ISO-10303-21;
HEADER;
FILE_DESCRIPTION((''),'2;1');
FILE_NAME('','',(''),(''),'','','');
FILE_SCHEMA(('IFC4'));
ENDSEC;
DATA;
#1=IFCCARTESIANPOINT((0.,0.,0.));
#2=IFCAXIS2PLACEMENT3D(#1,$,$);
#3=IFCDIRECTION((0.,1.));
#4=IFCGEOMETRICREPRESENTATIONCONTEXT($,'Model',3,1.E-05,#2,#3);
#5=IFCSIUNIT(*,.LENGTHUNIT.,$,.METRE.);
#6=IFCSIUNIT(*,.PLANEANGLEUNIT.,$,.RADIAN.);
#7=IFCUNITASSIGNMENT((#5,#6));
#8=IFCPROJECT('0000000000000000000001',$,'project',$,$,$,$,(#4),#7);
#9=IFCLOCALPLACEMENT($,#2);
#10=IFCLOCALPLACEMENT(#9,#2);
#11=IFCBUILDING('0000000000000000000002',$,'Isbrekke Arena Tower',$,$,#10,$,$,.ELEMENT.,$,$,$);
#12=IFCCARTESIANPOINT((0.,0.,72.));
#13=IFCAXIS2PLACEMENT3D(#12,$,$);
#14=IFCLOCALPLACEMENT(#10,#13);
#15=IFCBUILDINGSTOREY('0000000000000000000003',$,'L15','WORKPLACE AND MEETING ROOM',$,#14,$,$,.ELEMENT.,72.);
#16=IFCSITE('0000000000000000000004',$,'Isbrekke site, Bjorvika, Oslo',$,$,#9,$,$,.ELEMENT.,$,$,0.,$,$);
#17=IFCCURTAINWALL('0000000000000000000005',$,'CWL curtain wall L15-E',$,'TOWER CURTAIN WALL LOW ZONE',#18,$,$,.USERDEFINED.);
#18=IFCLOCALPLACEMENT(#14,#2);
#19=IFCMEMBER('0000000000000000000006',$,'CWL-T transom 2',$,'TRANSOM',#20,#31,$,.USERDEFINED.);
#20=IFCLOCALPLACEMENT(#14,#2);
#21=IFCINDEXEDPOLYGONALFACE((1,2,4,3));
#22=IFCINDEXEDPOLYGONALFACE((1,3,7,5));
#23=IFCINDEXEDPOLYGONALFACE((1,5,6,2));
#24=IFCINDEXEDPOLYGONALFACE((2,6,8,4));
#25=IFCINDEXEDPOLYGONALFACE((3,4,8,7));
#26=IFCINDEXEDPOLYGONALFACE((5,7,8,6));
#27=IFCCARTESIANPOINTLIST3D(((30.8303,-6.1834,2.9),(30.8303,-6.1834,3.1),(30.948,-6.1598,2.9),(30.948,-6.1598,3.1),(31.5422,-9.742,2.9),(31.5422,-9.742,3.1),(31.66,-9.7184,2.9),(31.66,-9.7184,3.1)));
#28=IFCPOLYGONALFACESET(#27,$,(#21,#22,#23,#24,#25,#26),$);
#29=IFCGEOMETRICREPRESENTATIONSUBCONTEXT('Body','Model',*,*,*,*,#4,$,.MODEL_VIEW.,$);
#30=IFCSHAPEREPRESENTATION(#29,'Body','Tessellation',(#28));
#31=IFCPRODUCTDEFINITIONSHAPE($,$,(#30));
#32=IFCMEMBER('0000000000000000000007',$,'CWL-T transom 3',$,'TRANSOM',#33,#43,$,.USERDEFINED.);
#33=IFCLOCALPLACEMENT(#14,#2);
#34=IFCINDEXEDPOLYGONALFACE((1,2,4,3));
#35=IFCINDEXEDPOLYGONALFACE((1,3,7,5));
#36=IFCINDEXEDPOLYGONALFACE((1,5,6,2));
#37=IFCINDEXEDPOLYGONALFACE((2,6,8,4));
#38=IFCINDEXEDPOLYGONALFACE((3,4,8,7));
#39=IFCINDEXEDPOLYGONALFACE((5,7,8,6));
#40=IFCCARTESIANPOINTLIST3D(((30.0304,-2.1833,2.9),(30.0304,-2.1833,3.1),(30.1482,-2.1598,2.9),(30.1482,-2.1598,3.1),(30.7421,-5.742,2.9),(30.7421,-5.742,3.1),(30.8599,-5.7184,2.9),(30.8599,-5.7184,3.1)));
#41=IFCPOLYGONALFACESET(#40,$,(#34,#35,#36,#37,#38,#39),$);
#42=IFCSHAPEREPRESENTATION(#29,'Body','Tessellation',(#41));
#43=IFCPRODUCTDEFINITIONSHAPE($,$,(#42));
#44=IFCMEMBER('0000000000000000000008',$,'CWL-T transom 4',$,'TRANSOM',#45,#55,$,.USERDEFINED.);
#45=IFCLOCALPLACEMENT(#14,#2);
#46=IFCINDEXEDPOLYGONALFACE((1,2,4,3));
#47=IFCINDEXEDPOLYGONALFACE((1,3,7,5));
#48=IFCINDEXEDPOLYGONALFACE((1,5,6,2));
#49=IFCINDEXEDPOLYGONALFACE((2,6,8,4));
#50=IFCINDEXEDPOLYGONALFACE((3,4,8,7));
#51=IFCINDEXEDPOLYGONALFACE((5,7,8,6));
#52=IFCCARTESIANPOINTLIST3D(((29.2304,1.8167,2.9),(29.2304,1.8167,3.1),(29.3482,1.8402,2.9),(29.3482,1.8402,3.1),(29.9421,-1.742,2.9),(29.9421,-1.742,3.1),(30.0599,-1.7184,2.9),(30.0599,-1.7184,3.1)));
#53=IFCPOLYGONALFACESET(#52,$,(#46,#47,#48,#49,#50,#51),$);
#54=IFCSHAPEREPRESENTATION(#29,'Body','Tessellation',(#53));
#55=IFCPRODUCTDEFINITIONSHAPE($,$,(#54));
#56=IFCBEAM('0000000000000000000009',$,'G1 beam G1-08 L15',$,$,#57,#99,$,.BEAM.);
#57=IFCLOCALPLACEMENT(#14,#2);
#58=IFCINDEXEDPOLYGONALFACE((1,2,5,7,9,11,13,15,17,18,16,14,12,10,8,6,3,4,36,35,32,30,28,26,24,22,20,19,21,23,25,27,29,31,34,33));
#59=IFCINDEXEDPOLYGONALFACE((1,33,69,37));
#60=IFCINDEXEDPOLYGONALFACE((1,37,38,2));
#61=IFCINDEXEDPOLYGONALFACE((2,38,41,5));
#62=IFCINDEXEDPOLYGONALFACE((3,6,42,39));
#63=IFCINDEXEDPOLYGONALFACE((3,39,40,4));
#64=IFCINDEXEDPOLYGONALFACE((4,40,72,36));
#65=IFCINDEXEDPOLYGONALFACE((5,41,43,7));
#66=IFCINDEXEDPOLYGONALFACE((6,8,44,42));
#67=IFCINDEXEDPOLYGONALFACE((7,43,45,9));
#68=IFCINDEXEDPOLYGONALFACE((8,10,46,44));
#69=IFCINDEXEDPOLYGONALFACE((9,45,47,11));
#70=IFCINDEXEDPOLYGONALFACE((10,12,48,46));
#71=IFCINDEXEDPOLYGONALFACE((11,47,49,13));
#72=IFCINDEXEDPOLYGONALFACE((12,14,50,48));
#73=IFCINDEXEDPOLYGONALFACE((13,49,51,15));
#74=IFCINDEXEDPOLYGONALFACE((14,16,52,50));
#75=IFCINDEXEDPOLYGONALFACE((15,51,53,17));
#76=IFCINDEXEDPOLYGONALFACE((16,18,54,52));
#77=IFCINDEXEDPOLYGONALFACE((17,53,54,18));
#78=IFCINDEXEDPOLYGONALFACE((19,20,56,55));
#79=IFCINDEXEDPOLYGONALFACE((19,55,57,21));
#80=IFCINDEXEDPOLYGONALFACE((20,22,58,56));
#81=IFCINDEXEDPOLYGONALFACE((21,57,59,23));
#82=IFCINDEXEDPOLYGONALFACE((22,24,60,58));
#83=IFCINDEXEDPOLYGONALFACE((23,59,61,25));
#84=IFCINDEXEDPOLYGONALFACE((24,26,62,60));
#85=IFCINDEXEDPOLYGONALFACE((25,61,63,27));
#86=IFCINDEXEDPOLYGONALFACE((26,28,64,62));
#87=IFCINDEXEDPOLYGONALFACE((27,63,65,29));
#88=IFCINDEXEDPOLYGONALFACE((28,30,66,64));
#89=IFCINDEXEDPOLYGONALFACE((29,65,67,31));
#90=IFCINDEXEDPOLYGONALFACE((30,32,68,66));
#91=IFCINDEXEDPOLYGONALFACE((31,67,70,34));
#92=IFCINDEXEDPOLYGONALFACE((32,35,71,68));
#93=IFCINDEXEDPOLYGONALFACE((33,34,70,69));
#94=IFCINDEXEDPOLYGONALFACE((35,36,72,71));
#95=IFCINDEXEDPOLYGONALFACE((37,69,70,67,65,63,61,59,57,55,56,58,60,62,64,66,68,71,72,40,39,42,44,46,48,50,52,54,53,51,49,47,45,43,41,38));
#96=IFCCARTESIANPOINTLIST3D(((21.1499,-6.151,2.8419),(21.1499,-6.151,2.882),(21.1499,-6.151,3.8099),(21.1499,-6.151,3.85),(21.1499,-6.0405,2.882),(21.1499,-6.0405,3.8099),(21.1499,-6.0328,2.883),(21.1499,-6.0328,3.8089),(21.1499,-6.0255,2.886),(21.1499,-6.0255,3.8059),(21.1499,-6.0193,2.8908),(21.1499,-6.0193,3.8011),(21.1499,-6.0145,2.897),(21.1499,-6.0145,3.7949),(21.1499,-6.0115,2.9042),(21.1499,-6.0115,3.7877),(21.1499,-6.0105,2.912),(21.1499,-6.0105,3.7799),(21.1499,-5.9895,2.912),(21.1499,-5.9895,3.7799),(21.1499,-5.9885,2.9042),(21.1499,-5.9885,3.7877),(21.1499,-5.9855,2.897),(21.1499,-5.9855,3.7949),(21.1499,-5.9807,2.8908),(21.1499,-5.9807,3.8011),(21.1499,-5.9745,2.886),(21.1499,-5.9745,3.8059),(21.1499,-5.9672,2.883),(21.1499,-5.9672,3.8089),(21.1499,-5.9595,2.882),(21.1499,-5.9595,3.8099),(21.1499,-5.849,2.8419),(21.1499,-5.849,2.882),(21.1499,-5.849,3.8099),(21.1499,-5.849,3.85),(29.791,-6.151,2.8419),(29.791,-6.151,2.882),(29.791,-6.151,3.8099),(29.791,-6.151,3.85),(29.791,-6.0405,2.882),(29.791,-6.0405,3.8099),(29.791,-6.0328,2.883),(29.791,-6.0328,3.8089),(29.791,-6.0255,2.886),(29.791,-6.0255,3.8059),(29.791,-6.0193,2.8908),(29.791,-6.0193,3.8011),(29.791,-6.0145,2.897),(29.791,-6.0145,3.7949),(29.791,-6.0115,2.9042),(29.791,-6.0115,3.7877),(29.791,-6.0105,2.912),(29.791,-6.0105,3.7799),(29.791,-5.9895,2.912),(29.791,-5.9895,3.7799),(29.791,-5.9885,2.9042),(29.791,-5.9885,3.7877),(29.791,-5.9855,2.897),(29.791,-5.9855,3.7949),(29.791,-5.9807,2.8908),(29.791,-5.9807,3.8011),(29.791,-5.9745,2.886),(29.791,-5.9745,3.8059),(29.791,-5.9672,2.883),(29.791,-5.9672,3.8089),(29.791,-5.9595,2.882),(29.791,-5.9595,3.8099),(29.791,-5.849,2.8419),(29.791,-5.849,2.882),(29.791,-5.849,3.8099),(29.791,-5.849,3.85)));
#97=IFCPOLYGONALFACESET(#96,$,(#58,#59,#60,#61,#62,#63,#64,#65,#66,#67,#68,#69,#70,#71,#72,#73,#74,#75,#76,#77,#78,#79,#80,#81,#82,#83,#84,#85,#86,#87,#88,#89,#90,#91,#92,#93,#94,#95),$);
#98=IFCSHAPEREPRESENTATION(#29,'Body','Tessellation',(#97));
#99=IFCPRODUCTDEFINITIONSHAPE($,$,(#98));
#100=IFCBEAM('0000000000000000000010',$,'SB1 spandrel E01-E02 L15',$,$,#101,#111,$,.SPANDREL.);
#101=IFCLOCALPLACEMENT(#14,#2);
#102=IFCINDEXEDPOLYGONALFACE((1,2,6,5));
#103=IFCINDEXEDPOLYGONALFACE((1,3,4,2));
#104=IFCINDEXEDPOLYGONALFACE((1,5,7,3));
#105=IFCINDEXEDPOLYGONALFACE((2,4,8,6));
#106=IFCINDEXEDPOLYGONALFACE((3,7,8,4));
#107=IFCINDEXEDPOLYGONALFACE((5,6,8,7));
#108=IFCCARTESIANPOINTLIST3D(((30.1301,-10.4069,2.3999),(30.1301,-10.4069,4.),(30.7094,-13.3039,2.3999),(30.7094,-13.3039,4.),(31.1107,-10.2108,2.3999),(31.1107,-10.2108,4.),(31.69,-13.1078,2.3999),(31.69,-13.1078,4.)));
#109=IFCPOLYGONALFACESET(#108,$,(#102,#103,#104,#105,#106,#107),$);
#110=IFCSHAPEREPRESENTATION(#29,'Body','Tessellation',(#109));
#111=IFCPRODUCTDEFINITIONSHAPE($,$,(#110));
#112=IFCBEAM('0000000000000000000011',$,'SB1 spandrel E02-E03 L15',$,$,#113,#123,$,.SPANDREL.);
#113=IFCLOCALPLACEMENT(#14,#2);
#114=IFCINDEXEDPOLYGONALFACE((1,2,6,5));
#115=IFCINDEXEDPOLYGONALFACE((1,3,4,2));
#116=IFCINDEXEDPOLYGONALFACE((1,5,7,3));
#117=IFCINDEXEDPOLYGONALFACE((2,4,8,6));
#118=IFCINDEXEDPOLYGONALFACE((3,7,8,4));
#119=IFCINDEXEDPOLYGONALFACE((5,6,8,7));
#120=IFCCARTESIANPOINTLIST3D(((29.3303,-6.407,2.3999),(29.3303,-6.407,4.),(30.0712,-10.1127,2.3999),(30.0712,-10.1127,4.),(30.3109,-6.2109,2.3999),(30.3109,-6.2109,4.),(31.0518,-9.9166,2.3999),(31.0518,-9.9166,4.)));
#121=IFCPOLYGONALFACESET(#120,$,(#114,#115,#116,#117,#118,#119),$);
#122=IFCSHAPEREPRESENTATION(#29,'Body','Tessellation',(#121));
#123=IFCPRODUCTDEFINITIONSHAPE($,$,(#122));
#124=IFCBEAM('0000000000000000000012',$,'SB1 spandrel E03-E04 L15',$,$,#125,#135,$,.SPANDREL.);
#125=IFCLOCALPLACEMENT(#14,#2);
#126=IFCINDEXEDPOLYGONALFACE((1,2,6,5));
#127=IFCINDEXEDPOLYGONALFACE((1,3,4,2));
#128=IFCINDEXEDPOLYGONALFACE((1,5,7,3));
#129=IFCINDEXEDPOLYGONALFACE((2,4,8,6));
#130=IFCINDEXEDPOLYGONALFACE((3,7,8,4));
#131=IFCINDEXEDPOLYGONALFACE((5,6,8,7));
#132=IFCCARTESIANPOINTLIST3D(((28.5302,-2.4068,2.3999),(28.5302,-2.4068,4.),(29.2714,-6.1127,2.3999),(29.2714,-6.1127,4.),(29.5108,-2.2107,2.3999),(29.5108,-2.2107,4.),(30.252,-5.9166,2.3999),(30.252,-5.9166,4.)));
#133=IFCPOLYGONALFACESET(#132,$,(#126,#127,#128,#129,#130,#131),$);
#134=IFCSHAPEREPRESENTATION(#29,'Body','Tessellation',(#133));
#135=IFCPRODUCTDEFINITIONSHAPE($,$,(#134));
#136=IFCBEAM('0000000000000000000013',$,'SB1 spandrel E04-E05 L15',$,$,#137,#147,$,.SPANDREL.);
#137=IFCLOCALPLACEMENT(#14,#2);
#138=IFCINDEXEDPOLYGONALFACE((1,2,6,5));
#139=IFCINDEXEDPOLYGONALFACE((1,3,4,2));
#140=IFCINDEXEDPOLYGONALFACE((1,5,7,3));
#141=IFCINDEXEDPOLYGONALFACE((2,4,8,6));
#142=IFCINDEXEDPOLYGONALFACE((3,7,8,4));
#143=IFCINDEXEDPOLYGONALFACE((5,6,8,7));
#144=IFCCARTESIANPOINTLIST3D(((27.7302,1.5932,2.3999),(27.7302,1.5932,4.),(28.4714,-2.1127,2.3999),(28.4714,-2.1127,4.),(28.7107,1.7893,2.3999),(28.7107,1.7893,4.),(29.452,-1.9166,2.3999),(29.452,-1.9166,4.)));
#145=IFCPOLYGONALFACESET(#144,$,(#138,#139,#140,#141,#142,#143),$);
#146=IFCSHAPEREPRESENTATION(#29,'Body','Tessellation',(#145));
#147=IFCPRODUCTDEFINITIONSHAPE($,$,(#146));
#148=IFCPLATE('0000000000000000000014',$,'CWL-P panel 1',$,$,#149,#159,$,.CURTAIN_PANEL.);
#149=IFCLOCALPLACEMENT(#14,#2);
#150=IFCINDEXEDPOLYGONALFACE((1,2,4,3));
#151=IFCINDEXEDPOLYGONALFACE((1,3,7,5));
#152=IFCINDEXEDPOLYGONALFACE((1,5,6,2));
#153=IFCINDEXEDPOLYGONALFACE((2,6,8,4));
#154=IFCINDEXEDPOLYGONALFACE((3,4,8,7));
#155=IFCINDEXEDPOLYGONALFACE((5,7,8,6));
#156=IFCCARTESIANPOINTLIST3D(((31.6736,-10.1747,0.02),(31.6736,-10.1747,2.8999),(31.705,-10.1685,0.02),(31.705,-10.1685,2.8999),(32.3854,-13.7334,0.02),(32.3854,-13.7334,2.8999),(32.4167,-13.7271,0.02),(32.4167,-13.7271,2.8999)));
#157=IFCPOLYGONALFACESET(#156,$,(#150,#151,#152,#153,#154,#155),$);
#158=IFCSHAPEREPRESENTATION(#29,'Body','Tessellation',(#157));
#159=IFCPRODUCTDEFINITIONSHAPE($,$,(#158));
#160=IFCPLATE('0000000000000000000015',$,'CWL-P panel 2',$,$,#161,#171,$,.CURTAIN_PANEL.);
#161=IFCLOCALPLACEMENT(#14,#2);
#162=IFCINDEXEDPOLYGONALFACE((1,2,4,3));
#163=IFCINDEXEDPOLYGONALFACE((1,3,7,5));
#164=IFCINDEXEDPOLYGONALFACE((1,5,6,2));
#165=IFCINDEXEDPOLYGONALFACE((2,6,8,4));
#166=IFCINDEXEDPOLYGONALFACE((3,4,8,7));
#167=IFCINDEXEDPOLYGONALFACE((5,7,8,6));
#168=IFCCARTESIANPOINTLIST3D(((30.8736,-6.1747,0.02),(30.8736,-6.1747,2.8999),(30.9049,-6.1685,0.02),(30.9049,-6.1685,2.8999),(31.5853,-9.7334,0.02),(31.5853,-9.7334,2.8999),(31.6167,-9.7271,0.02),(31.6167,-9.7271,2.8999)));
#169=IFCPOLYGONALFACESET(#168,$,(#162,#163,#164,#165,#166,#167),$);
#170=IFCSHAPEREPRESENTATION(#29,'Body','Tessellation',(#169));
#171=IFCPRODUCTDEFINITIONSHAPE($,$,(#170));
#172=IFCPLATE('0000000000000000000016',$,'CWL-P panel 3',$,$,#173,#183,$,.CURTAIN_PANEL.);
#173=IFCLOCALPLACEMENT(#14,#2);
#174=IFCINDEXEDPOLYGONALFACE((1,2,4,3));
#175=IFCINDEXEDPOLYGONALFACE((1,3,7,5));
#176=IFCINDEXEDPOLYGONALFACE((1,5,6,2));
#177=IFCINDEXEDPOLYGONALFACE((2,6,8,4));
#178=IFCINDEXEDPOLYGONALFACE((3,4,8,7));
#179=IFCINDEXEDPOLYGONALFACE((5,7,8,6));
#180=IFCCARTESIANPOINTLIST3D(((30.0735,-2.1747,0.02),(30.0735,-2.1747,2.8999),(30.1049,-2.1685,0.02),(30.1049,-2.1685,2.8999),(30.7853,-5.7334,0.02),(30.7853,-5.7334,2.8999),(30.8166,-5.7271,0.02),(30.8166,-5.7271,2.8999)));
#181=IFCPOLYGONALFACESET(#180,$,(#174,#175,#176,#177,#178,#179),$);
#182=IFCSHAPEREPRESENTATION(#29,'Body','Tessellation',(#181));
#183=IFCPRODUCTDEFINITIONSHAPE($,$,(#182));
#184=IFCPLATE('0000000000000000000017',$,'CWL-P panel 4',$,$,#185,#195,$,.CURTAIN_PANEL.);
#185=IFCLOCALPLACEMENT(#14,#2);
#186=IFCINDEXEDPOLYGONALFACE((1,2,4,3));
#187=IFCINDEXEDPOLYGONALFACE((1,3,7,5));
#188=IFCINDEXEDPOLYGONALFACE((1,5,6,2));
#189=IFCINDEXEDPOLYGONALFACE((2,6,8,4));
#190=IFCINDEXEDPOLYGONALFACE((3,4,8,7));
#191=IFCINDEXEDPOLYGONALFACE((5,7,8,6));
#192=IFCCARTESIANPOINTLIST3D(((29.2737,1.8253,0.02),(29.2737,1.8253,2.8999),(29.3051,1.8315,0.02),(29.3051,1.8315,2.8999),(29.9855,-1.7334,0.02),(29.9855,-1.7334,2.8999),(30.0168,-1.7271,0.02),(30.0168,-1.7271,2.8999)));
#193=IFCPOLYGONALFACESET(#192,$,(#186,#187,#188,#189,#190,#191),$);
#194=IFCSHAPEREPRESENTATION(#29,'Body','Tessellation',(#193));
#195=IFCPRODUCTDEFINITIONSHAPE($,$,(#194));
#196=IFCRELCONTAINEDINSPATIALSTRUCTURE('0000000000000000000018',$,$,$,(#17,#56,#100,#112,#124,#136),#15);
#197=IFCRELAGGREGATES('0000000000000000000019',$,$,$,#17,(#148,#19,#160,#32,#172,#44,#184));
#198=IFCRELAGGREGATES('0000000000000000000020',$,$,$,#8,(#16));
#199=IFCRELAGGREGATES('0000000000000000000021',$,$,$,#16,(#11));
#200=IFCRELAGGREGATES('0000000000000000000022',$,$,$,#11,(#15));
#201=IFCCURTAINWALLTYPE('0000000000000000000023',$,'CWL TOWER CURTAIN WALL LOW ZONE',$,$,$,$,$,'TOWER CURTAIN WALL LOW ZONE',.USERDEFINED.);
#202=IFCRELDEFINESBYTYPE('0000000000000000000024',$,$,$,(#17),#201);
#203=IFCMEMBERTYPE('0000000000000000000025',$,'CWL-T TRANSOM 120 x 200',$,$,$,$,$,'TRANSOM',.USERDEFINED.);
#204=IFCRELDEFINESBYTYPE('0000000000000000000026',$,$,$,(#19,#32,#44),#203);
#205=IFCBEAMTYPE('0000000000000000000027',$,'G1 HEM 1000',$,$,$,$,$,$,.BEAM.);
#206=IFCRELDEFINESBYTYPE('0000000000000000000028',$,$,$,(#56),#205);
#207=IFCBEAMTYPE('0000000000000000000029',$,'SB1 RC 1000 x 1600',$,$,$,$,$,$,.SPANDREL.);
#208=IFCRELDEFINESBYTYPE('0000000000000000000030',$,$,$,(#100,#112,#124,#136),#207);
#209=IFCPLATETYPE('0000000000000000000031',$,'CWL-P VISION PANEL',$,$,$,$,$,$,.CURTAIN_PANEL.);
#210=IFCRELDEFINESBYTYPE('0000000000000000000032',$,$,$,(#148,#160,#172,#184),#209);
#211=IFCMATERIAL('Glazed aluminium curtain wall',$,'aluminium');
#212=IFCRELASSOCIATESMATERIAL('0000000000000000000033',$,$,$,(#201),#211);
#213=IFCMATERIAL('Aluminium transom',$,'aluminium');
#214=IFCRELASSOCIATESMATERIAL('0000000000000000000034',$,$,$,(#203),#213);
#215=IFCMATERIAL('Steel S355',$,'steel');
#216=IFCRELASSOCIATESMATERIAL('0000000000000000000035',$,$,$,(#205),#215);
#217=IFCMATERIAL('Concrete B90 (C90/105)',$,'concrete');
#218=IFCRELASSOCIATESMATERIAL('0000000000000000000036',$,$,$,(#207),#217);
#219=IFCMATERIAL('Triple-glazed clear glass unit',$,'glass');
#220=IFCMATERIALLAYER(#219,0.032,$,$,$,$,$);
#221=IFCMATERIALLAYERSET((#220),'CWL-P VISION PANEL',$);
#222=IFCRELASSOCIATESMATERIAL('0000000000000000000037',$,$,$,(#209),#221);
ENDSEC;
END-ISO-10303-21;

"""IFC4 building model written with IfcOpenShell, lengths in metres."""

from ifc_helpers import new_model, si_unit, direction, frame, origin, origin_2d, place, context, subcontext, project, spatial, rectangle, i_section, extrude, material, layer, layer_set, material_profile, profile_set, type_object, element, aggregate, save


model = new_model("IFC4")

# Units and contexts
model_context = context("Model", 3, precision=1e-05, world=origin(), true_north=direction((0.0, 1.0)))
body_context = subcontext(model_context, "Body", "Model", "MODEL_VIEW")
ifc_project = project(units=[si_unit("LENGTHUNIT", "METRE"), si_unit("PLANEANGLEUNIT", "RADIAN")], contexts=[model_context])

# Site, building, storey
site_placement = place(None, origin())
site = spatial("IfcSite", under=ifc_project, at=site_placement, Name="Isbrekke site, Bjorvika, Oslo", CompositionType="ELEMENT", RefElevation=0.0)
building_placement = place(site_placement, origin())
building = spatial("IfcBuilding", under=site, at=building_placement, Name="Isbrekke Arena Tower", CompositionType="ELEMENT")
storey_placement = place(building_placement, frame((0.0, 0.0, 72.0)))
storey = spatial("IfcBuildingStorey", under=building, at=storey_placement, Name="L15", Description="WORKPLACE AND MEETING ROOM", CompositionType="ELEMENT", Elevation=72.0)

# Curtain wall, members
ifc_material_1 = material(Name="Glazed aluminium curtain wall", Category="aluminium")
curtain_wall_type = type_object("IfcCurtainWallType", Name="CWL TOWER CURTAIN WALL LOW ZONE", ElementType="TOWER CURTAIN WALL LOW ZONE", PredefinedType="USERDEFINED", material=ifc_material_1)
curtain_wall_placement = place(storey_placement, origin())
curtain_wall = element("IfcCurtainWall", 1, at=curtain_wall_placement, inside=storey, type_object=curtain_wall_type, Name="CWL curtain wall L15-E", ObjectType="TOWER CURTAIN WALL LOW ZONE", PredefinedType="USERDEFINED")
ifc_material_2 = material(Name="Aluminium transom", Category="aluminium")
ifc_material_profile_1 = material_profile(ifc_material_2, rectangle(XDim=0.1201, YDim=0.2, at=origin_2d()), Name="TRANSOM 120X200")
ifc_profile_set_1 = profile_set([ifc_material_profile_1], Name="Aluminium transom")
member_type_1 = type_object("IfcMemberType", Name="CWL-T TRANSOM 120 x 200", ElementType="TRANSOM", PredefinedType="USERDEFINED", material=ifc_profile_set_1)
member_1_placement = place(storey_placement, frame((31.6011, -9.7302, 3.0), z_axis=(-0.196168, 0.98057, 0.0), x_axis=(-0.98057, -0.196168, 0.0)))
member_1 = element("IfcMember", 2, at=member_1_placement, type_object=member_type_1, Name="CWL-T transom 2", ObjectType="TRANSOM", PredefinedType="USERDEFINED", context=body_context, shape_type="SweptSolid", body=[
    extrude(rectangle(XDim=0.1201, YDim=0.2, at=origin_2d()), origin(), (0.0, 0.0, 1.0), 3.6292),
])
member_2_placement = place(storey_placement, frame((30.801, -5.7302, 3.0), z_axis=(-0.196103, 0.980583, 0.0), x_axis=(-0.980583, -0.196103, 0.0)))
member_2 = element("IfcMember", 3, at=member_2_placement, type_object=member_type_1, Name="CWL-T transom 3", ObjectType="TRANSOM", PredefinedType="USERDEFINED", context=body_context, shape_type="SweptSolid", body=[
    extrude(rectangle(XDim=0.1201, YDim=0.2, at=origin_2d()), origin(), (0.0, 0.0, 1.0), 3.6292),
])
member_3_placement = place(storey_placement, frame((30.001, -1.7302, 3.0), z_axis=(-0.196103, 0.980583, 0.0), x_axis=(-0.980583, -0.196103, 0.0)))
member_3 = element("IfcMember", 4, at=member_3_placement, type_object=member_type_1, Name="CWL-T transom 4", ObjectType="TRANSOM", PredefinedType="USERDEFINED", context=body_context, shape_type="SweptSolid", body=[
    extrude(rectangle(XDim=0.1201, YDim=0.2, at=origin_2d()), origin(), (0.0, 0.0, 1.0), 3.6292),
])

# Beams
ifc_material_3 = material(Name="Steel S355", Category="steel")
ifc_material_profile_2 = material_profile(ifc_material_3, i_section(OverallWidth=0.302, OverallDepth=1.0081, WebThickness=0.021, FlangeThickness=0.04, FilletRadius=0.03, at=origin_2d()), Name="HEM 1000")
ifc_profile_set_2 = profile_set([ifc_material_profile_2], Name="Steel S355")
beam_type_1 = type_object("IfcBeamType", Name="G1 HEM 1000", PredefinedType="BEAM", material=ifc_profile_set_2)
beam_1_placement = place(storey_placement, frame((21.1499, -6.0, 3.3459), z_axis=(1.0, 0.0, 0.0), x_axis=(0.0, 1.0, 0.0)))
element("IfcBeam", 5, at=beam_1_placement, inside=storey, type_object=beam_type_1, Name="G1 beam G1-08 L15", PredefinedType="BEAM", context=body_context, shape_type="SweptSolid", body=[
    extrude(i_section(OverallWidth=0.302, OverallDepth=1.0081, WebThickness=0.021, FlangeThickness=0.04, FilletRadius=0.03, at=origin_2d()), origin(), (0.0, 0.0, 1.0), 8.6411),
])
ifc_material_4 = material(Name="Concrete B90 (C90/105)", Category="concrete")
ifc_material_profile_3 = material_profile(ifc_material_4, rectangle(XDim=1.0, YDim=1.6001, at=origin_2d()), Name="RC 1000x1600")
ifc_profile_set_3 = profile_set([ifc_material_profile_3], Name="Concrete B90 (C90/105)")
beam_type_2 = type_object("IfcBeamType", Name="SB1 RC 1000 x 1600", PredefinedType="SPANDREL", material=ifc_profile_set_3)
beam_2_placement = place(storey_placement, frame((31.1997, -13.2058, 3.2), z_axis=(-0.1961, 0.980584, 0.0), x_axis=(-0.980584, -0.1961, 0.0)))
element("IfcBeam", 6, at=beam_2_placement, inside=storey, type_object=beam_type_2, Name="SB1 spandrel E01-E02 L15", PredefinedType="SPANDREL", context=body_context, shape_type="SweptSolid", body=[
    extrude(rectangle(XDim=1.0, YDim=1.6001, at=origin_2d()), origin(), (0.0, 0.0, 1.0), 2.9543),
])
beam_3_placement = place(storey_placement, frame((30.5615, -10.0146, 3.2), z_axis=(-0.196066, 0.980591, 0.0), x_axis=(-0.980591, -0.196066, 0.0)))
element("IfcBeam", 7, at=beam_3_placement, inside=storey, type_object=beam_type_2, Name="SB1 spandrel E02-E03 L15", PredefinedType="SPANDREL", context=body_context, shape_type="SweptSolid", body=[
    extrude(rectangle(XDim=1.0, YDim=1.6001, at=origin_2d()), origin(), (0.0, 0.0, 1.0), 3.7791),
])
for number, where, z_axis, x_axis, name in (
    (8, (29.7617, -6.0146, 3.2), (-0.196129, 0.980578, 0.0), (-0.980578, -0.196129, 0.0), "SB1 spandrel E03-E04 L15"),
    (9, (28.9617, -2.0146, 3.2), (-0.196129, 0.980578, 0.0), (-0.980578, -0.196129, 0.0), "SB1 spandrel E04-E05 L15"),
):
    element("IfcBeam", number, at=place(storey_placement, frame(where, z_axis=z_axis, x_axis=x_axis)), inside=storey, type_object=beam_type_2, Name=name, PredefinedType="SPANDREL", context=body_context, shape_type="SweptSolid", body=[
        extrude(rectangle(XDim=1.0, YDim=1.6001, at=origin_2d()), origin(), (0.0, 0.0, 1.0), 3.7793),
    ])

# Plates
ifc_material_5 = material(Name="Triple-glazed clear glass unit", Category="glass")
ifc_layer_1 = layer(ifc_material_5, 0.032)
ifc_layer_set_1 = layer_set([ifc_layer_1], Name="CWL-P VISION PANEL")
plate_type = type_object("IfcPlateType", Name="CWL-P VISION PANEL", PredefinedType="CURTAIN_PANEL", material=ifc_layer_set_1)
plate_1_placement = place(storey_placement, frame((32.0452, -11.9509, 0.02), z_axis=(0.0, 0.0, 1.0), x_axis=(-0.196116, 0.980581, 0.0)))
plate_1 = element("IfcPlate", 10, at=plate_1_placement, type_object=plate_type, Name="CWL-P panel 1", PredefinedType="CURTAIN_PANEL", context=body_context, shape_type="SweptSolid", body=[
    extrude(rectangle(XDim=3.6292, YDim=0.032, at=origin_2d()), origin(), (0.0, 0.0, 1.0), 2.8799),
])
plate_2_placement = place(storey_placement, frame((31.2451, -7.9509, 0.02), z_axis=(0.0, 0.0, 1.0), x_axis=(-0.196116, 0.980581, 0.0)))
plate_2 = element("IfcPlate", 11, at=plate_2_placement, type_object=plate_type, Name="CWL-P panel 2", PredefinedType="CURTAIN_PANEL", context=body_context, shape_type="SweptSolid", body=[
    extrude(rectangle(XDim=3.6292, YDim=0.032, at=origin_2d()), origin(), (0.0, 0.0, 1.0), 2.8799),
])
plate_3_placement = place(storey_placement, frame((30.4451, -3.9509, 0.02), z_axis=(0.0, 0.0, 1.0), x_axis=(-0.196116, 0.980581, 0.0)))
plate_3 = element("IfcPlate", 12, at=plate_3_placement, type_object=plate_type, Name="CWL-P panel 3", PredefinedType="CURTAIN_PANEL", context=body_context, shape_type="SweptSolid", body=[
    extrude(rectangle(XDim=3.6292, YDim=0.032, at=origin_2d()), origin(), (0.0, 0.0, 1.0), 2.8799),
])
plate_4_placement = place(storey_placement, frame((29.6453, 0.0491, 0.02), z_axis=(0.0, 0.0, 1.0), x_axis=(-0.196116, 0.980581, 0.0)))
plate_4 = element("IfcPlate", 13, at=plate_4_placement, type_object=plate_type, Name="CWL-P panel 4", PredefinedType="CURTAIN_PANEL", context=body_context, shape_type="SweptSolid", body=[
    extrude(rectangle(XDim=3.6292, YDim=0.032, at=origin_2d()), origin(), (0.0, 0.0, 1.0), 2.8799),
])
aggregate(curtain_wall, [plate_1, member_1, plate_2, member_2, plate_3, member_3, plate_4])

save(model, "model.ifc")
